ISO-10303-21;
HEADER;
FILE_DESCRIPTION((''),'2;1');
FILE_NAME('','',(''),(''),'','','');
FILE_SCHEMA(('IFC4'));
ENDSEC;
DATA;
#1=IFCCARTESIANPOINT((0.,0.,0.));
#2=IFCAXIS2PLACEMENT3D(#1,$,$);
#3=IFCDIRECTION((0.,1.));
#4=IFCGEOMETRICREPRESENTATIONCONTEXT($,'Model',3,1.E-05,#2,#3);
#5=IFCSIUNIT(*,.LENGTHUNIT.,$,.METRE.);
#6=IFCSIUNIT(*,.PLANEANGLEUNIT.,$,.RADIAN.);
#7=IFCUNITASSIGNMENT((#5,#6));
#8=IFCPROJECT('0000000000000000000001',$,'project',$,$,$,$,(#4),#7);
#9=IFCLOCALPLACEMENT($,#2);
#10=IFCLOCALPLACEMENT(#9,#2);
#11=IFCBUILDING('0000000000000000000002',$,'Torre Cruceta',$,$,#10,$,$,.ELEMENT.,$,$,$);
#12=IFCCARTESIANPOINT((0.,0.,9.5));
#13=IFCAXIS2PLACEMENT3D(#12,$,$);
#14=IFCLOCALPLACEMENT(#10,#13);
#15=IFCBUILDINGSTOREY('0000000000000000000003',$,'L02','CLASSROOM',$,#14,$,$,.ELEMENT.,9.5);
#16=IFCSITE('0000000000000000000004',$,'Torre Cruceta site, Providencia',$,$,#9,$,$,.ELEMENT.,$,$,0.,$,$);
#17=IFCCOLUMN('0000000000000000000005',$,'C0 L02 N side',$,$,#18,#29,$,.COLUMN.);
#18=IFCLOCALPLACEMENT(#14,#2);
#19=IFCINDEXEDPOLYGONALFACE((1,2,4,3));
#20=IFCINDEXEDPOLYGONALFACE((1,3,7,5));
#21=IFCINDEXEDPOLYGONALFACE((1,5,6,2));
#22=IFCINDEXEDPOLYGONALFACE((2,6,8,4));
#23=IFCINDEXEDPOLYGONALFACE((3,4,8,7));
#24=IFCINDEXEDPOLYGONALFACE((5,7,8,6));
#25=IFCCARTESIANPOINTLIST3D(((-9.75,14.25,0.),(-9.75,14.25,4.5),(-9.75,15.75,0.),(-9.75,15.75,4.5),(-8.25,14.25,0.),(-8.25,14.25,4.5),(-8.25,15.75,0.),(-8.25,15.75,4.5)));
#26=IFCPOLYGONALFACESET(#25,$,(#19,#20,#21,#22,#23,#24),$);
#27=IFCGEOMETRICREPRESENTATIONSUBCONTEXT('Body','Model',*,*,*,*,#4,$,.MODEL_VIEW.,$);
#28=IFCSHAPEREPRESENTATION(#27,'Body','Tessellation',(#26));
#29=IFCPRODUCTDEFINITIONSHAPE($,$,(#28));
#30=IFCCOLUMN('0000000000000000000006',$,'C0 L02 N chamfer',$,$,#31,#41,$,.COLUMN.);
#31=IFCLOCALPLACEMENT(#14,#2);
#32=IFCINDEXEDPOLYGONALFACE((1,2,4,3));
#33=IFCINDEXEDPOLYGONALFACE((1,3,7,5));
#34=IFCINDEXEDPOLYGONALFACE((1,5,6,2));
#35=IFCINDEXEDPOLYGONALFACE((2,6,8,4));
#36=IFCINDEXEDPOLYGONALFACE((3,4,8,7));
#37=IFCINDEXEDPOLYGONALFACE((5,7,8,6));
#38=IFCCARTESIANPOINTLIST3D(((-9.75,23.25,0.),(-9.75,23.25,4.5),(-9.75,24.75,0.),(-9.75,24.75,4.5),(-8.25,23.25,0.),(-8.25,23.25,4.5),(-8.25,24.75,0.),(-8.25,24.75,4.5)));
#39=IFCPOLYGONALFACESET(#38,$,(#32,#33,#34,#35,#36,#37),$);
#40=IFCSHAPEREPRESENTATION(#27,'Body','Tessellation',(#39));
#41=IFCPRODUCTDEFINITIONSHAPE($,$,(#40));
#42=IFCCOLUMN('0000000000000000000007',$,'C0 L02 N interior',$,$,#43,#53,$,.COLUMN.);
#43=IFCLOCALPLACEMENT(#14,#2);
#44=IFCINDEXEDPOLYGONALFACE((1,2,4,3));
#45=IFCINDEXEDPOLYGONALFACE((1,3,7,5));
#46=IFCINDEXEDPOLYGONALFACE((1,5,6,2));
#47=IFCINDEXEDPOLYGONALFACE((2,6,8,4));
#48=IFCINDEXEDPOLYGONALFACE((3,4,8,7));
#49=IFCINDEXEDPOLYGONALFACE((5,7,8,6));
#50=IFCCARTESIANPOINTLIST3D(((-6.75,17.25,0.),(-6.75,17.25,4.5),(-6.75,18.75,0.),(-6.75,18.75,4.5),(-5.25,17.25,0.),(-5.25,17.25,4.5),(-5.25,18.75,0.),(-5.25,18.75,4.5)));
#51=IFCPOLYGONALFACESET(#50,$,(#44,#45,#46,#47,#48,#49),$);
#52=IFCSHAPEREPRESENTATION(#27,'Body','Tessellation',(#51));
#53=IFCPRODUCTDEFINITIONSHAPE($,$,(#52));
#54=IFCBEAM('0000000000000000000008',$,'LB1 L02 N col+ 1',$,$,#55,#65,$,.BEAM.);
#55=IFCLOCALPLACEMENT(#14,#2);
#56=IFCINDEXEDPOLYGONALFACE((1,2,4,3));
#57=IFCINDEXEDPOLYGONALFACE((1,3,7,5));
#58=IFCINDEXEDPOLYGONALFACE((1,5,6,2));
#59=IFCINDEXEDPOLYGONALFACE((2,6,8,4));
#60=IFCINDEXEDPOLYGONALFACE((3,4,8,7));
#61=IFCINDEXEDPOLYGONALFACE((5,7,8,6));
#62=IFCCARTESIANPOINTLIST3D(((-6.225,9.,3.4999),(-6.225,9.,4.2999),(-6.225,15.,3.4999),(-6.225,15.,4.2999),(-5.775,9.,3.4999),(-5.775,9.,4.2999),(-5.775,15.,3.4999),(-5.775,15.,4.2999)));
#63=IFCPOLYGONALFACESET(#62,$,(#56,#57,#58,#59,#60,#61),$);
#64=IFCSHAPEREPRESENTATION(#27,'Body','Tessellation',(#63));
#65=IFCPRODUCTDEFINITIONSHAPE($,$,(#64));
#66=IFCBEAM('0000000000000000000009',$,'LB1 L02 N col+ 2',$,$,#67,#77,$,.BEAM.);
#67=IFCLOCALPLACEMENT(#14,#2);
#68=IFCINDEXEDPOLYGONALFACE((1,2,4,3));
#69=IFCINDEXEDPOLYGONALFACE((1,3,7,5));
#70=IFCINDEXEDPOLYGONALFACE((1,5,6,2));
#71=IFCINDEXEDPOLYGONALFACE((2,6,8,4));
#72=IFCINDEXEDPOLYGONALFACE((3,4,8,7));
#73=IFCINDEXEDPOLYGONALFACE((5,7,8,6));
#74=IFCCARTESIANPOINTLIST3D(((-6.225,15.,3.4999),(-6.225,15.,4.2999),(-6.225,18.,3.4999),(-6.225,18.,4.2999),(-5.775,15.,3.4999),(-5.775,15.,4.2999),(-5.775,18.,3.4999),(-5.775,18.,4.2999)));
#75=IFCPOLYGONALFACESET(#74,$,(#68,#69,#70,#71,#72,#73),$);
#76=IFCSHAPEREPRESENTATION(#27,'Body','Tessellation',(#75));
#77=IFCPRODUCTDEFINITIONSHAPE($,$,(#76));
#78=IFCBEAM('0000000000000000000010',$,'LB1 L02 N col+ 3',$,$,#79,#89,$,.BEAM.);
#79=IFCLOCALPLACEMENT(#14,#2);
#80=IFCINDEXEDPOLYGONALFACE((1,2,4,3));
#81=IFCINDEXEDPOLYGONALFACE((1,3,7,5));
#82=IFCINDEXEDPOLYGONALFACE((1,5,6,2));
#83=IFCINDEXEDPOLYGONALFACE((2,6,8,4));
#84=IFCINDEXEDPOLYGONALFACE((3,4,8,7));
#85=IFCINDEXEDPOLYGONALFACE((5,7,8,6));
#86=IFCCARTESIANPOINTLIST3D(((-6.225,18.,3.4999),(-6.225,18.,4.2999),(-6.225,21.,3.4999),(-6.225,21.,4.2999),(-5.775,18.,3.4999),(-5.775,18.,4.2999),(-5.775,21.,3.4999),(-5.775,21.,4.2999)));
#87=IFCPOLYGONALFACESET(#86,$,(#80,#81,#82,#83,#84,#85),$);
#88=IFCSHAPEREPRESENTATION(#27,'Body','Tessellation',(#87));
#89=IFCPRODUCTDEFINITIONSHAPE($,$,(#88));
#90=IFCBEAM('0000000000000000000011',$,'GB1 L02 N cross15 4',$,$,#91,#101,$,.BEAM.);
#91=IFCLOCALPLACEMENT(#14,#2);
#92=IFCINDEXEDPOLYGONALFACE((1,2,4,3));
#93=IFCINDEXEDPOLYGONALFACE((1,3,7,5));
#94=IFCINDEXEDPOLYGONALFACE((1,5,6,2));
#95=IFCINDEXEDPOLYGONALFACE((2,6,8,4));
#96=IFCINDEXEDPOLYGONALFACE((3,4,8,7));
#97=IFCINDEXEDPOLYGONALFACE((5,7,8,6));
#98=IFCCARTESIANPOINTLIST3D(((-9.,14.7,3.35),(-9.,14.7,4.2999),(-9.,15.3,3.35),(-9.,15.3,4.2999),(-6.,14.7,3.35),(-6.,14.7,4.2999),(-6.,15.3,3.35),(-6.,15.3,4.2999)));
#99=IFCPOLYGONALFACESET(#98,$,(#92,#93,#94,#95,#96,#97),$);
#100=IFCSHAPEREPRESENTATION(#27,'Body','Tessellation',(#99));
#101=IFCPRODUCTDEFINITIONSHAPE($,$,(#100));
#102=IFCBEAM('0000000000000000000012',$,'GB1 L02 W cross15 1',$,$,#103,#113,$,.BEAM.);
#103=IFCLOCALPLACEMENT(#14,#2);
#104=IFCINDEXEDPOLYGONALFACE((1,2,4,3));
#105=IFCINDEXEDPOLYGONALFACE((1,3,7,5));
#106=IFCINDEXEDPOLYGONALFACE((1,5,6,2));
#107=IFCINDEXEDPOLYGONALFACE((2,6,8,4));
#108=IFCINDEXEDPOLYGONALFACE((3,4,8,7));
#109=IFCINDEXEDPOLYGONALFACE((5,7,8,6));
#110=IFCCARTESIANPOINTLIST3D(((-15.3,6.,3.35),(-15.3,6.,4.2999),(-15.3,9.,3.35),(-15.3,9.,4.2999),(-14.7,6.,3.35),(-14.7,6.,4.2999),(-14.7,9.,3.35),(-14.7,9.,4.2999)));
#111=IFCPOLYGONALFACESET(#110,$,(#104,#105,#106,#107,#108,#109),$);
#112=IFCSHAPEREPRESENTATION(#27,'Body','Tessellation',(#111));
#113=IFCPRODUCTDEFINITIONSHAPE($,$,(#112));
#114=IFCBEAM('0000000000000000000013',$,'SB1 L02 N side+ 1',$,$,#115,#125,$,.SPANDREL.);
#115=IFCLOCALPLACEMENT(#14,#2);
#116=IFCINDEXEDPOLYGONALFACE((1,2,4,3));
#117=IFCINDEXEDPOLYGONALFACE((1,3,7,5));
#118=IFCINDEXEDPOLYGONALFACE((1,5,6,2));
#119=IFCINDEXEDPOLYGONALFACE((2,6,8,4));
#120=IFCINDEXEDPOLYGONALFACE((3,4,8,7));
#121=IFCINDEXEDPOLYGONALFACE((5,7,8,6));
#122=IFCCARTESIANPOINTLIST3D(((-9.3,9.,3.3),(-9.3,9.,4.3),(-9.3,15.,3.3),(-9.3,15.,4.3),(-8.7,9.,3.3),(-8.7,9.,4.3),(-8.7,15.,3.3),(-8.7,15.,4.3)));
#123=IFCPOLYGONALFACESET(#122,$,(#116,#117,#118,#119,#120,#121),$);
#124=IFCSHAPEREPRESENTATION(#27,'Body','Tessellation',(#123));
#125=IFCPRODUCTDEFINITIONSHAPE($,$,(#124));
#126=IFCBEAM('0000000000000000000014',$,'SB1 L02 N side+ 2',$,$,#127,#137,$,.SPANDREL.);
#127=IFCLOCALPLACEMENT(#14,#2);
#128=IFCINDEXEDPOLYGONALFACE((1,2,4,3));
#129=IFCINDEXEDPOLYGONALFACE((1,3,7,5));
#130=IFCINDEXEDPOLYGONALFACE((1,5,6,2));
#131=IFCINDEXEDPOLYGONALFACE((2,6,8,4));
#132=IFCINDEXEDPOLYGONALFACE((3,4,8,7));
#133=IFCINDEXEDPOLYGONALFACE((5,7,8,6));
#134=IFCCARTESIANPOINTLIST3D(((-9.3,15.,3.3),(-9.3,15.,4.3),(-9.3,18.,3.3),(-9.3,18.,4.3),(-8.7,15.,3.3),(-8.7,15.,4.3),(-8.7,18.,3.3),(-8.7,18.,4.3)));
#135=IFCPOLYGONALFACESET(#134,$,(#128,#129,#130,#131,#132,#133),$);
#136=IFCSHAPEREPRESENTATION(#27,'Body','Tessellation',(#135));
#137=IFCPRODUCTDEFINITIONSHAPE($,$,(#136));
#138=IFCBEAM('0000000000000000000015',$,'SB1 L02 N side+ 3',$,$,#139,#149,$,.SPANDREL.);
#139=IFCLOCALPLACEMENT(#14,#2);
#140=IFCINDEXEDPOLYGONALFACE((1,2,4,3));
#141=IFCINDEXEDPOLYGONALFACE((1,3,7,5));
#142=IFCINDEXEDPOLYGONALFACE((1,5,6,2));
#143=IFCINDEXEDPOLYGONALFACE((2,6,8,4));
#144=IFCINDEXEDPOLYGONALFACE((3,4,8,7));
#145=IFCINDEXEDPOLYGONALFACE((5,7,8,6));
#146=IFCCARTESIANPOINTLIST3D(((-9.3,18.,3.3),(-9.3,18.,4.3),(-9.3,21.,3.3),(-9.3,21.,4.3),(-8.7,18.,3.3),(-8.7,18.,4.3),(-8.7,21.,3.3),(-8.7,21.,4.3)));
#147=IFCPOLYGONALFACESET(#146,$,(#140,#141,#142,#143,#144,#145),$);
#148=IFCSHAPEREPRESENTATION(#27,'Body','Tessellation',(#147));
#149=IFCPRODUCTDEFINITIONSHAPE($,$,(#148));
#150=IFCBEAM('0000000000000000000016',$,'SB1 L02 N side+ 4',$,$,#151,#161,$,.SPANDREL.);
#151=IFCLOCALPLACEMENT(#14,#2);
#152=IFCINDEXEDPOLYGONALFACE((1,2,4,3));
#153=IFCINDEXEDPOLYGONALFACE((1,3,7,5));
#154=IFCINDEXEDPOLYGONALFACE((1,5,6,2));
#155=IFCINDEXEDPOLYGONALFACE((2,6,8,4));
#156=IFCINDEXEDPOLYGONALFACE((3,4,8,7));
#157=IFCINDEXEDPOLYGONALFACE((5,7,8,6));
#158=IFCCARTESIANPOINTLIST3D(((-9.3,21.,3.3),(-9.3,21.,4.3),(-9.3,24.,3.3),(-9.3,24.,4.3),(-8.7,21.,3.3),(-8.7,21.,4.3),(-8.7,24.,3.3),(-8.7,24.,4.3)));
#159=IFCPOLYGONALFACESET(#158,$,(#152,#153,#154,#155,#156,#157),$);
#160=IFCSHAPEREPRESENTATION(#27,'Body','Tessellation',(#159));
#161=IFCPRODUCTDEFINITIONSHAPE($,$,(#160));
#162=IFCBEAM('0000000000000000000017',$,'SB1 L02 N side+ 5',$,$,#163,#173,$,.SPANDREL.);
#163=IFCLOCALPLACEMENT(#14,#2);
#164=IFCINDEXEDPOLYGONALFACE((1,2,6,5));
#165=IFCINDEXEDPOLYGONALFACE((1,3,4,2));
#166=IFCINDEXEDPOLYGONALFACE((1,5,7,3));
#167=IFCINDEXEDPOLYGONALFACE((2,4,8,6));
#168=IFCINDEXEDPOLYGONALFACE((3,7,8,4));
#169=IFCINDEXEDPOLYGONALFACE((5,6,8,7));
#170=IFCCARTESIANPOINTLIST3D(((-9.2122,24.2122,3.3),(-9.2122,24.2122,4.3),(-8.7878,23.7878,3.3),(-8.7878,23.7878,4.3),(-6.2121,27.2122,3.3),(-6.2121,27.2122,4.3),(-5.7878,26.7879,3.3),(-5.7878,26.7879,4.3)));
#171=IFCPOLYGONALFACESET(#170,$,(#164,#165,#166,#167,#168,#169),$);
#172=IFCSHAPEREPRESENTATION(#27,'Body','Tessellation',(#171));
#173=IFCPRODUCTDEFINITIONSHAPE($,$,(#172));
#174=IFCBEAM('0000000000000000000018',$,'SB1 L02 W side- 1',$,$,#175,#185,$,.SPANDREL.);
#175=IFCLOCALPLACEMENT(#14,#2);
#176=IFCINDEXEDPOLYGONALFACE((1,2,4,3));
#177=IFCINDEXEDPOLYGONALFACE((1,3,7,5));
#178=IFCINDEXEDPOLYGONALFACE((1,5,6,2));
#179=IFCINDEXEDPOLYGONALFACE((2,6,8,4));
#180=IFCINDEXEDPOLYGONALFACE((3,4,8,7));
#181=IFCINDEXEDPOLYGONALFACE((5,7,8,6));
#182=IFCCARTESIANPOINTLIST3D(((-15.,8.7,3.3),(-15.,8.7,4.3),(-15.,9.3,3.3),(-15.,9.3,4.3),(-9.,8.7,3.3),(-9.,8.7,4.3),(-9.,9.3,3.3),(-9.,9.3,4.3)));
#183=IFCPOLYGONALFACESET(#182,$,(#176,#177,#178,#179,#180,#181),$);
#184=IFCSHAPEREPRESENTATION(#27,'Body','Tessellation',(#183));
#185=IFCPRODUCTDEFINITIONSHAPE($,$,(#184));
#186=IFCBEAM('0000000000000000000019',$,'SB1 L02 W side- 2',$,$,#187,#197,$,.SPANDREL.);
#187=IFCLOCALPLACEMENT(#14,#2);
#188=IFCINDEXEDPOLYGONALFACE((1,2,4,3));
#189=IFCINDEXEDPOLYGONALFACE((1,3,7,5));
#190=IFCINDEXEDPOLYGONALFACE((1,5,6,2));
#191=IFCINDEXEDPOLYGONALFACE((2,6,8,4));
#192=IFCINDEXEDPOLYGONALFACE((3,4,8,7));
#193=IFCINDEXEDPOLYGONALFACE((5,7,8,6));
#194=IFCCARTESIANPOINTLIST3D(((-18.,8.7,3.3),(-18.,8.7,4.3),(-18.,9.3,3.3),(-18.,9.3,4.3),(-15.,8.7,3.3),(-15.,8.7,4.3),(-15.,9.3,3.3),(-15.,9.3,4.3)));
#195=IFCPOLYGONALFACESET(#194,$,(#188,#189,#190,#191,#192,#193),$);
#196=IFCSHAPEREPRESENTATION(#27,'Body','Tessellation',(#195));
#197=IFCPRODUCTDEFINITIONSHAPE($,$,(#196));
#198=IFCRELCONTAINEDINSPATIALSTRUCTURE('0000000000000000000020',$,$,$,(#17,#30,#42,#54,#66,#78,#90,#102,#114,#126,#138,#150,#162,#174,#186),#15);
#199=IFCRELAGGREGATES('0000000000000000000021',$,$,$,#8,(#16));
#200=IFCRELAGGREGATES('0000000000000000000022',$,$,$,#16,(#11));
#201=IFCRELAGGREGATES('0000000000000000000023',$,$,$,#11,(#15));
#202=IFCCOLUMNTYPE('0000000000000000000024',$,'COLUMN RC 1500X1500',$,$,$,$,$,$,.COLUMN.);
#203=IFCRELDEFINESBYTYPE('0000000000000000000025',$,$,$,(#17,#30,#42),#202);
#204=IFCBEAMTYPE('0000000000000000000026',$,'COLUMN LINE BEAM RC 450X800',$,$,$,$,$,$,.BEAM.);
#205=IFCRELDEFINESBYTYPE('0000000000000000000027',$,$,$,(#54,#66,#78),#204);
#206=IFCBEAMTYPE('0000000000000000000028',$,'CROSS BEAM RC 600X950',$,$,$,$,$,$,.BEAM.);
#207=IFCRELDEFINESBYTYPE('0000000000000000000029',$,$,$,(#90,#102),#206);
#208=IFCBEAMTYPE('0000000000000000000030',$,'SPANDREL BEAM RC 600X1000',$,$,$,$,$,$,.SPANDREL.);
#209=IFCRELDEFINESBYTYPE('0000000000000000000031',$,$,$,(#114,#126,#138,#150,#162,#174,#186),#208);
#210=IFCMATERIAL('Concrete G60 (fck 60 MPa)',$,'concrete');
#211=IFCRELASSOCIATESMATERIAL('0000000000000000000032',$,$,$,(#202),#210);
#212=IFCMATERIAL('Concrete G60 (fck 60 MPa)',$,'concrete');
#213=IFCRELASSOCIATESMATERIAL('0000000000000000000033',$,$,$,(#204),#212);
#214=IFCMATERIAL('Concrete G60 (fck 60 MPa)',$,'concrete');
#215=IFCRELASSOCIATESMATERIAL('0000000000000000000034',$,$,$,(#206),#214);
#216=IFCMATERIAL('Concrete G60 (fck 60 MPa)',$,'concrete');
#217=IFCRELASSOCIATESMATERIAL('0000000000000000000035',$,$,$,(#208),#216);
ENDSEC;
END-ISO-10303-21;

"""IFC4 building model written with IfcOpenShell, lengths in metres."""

from ifc_helpers import new_model, si_unit, direction, frame, origin, origin_2d, place, context, subcontext, project, spatial, rectangle, extrude, material, material_profile, profile_set, type_object, element, save


model = new_model("IFC4")

# Units and contexts
model_context = context("Model", 3, precision=1e-05, world=origin(), true_north=direction((0.0, 1.0)))
body_context = subcontext(model_context, "Body", "Model", "MODEL_VIEW")
ifc_project = project(units=[si_unit("LENGTHUNIT", "METRE"), si_unit("PLANEANGLEUNIT", "RADIAN")], contexts=[model_context])

# Site, building, storey
site_placement = place(None, origin())
site = spatial("IfcSite", under=ifc_project, at=site_placement, Name="Torre Cruceta site, Providencia", CompositionType="ELEMENT", RefElevation=0.0)
building_placement = place(site_placement, origin())
building = spatial("IfcBuilding", under=site, at=building_placement, Name="Torre Cruceta", CompositionType="ELEMENT")
storey_placement = place(building_placement, frame((0.0, 0.0, 9.5)))
storey = spatial("IfcBuildingStorey", under=building, at=storey_placement, Name="L02", Description="CLASSROOM", CompositionType="ELEMENT", Elevation=9.5)

# Columns
ifc_material_1 = material(Name="Concrete G60 (fck 60 MPa)", Category="concrete")
ifc_material_profile_1 = material_profile(ifc_material_1, rectangle(XDim=1.5, YDim=1.5, at=origin_2d()), Name="RC 1500X1500")
ifc_profile_set_1 = profile_set([ifc_material_profile_1], Name="Concrete G60 (fck 60 MPa)")
column_type = type_object("IfcColumnType", Name="COLUMN RC 1500X1500", PredefinedType="COLUMN", material=ifc_profile_set_1)
for number, where, z_axis, x_axis, name in (
    (1, (-9.0, 15.0, 0.0), (0.0, 0.0, 1.0), (1.0, 0.0, 0.0), "C0 L02 N side"),
    (2, (-9.0, 24.0, 0.0), (0.0, 0.0, 1.0), (1.0, 0.0, 0.0), "C0 L02 N chamfer"),
    (3, (-6.0, 18.0, 0.0), (0.0, 0.0, 1.0), (1.0, 0.0, 0.0), "C0 L02 N interior"),
):
    element("IfcColumn", number, at=place(storey_placement, frame(where, z_axis=z_axis, x_axis=x_axis)), inside=storey, type_object=column_type, Name=name, PredefinedType="COLUMN", context=body_context, shape_type="SweptSolid", body=[
        extrude(rectangle(XDim=1.5, YDim=1.5, at=origin_2d()), origin(), (0.0, 0.0, 1.0), 4.5),
    ])

# Beams
ifc_material_2 = material(Name="Concrete G60 (fck 60 MPa)", Category="concrete")
ifc_material_profile_2 = material_profile(ifc_material_2, rectangle(XDim=0.45, YDim=0.8, at=origin_2d()), Name="RC 450X800")
ifc_profile_set_2 = profile_set([ifc_material_profile_2], Name="Concrete G60 (fck 60 MPa)")
beam_type_1 = type_object("IfcBeamType", Name="COLUMN LINE BEAM RC 450X800", PredefinedType="BEAM", material=ifc_profile_set_2)
beam_1_placement = place(storey_placement, frame((-6.0, 9.0, 3.8999), z_axis=(0.0, 1.0, 0.0), x_axis=(-1.0, 0.0, 0.0)))
element("IfcBeam", 4, at=beam_1_placement, inside=storey, type_object=beam_type_1, Name="LB1 L02 N col+ 1", PredefinedType="BEAM", context=body_context, shape_type="SweptSolid", body=[
    extrude(rectangle(XDim=0.45, YDim=0.8, at=origin_2d()), origin(), (0.0, 0.0, 1.0), 6.0),
])
for number, where, z_axis, x_axis, name in (
    (5, (-6.0, 15.0, 3.8999), (0.0, 1.0, 0.0), (-1.0, 0.0, 0.0), "LB1 L02 N col+ 2"),
    (6, (-6.0, 18.0, 3.8999), (0.0, 1.0, 0.0), (-1.0, 0.0, 0.0), "LB1 L02 N col+ 3"),
):
    element("IfcBeam", number, at=place(storey_placement, frame(where, z_axis=z_axis, x_axis=x_axis)), inside=storey, type_object=beam_type_1, Name=name, PredefinedType="BEAM", context=body_context, shape_type="SweptSolid", body=[
        extrude(rectangle(XDim=0.45, YDim=0.8, at=origin_2d()), origin(), (0.0, 0.0, 1.0), 3.0),
    ])
ifc_material_3 = material(Name="Concrete G60 (fck 60 MPa)", Category="concrete")
ifc_material_profile_3 = material_profile(ifc_material_3, rectangle(XDim=0.6001, YDim=0.95, at=origin_2d()), Name="RC 600X950")
ifc_profile_set_3 = profile_set([ifc_material_profile_3], Name="Concrete G60 (fck 60 MPa)")
beam_type_2 = type_object("IfcBeamType", Name="CROSS BEAM RC 600X950", PredefinedType="BEAM", material=ifc_profile_set_3)
for number, where, z_axis, x_axis, name in (
    (7, (-6.0, 15.0, 3.825), (-1.0, 0.0, 0.0), (0.0, -1.0, 0.0), "GB1 L02 N cross15 4"),
    (8, (-15.0, 9.0, 3.825), (0.0, -1.0, 0.0), (1.0, 0.0, 0.0), "GB1 L02 W cross15 1"),
):
    element("IfcBeam", number, at=place(storey_placement, frame(where, z_axis=z_axis, x_axis=x_axis)), inside=storey, type_object=beam_type_2, Name=name, PredefinedType="BEAM", context=body_context, shape_type="SweptSolid", body=[
        extrude(rectangle(XDim=0.6001, YDim=0.95, at=origin_2d()), origin(), (0.0, 0.0, 1.0), 3.0),
    ])
ifc_material_4 = material(Name="Concrete G60 (fck 60 MPa)", Category="concrete")
ifc_material_profile_4 = material_profile(ifc_material_4, rectangle(XDim=0.6001, YDim=1.0, at=origin_2d()), Name="RC 600X1000")
ifc_profile_set_4 = profile_set([ifc_material_profile_4], Name="Concrete G60 (fck 60 MPa)")
beam_type_3 = type_object("IfcBeamType", Name="SPANDREL BEAM RC 600X1000", PredefinedType="SPANDREL", material=ifc_profile_set_4)
beam_2_placement = place(storey_placement, frame((-9.0, 9.0, 3.8), z_axis=(0.0, 1.0, 0.0), x_axis=(-1.0, 0.0, 0.0)))
element("IfcBeam", 9, at=beam_2_placement, inside=storey, type_object=beam_type_3, Name="SB1 L02 N side+ 1", PredefinedType="SPANDREL", context=body_context, shape_type="SweptSolid", body=[
    extrude(rectangle(XDim=0.6001, YDim=1.0, at=origin_2d()), origin(), (0.0, 0.0, 1.0), 6.0),
])
for number, where, z_axis, x_axis, name in (
    (10, (-9.0, 15.0, 3.8), (0.0, 1.0, 0.0), (-1.0, 0.0, 0.0), "SB1 L02 N side+ 2"),
    (11, (-9.0, 18.0, 3.8), (0.0, 1.0, 0.0), (-1.0, 0.0, 0.0), "SB1 L02 N side+ 3"),
    (12, (-9.0, 21.0, 3.8), (0.0, 1.0, 0.0), (-1.0, 0.0, 0.0), "SB1 L02 N side+ 4"),
):
    element("IfcBeam", number, at=place(storey_placement, frame(where, z_axis=z_axis, x_axis=x_axis)), inside=storey, type_object=beam_type_3, Name=name, PredefinedType="SPANDREL", context=body_context, shape_type="SweptSolid", body=[
        extrude(rectangle(XDim=0.6001, YDim=1.0, at=origin_2d()), origin(), (0.0, 0.0, 1.0), 3.0),
    ])
beam_3_placement = place(storey_placement, frame((-9.0, 24.0, 3.8), z_axis=(0.707107, 0.707107, 0.0), x_axis=(-0.707107, 0.707107, 0.0)))
element("IfcBeam", 13, at=beam_3_placement, inside=storey, type_object=beam_type_3, Name="SB1 L02 N side+ 5", PredefinedType="SPANDREL", context=body_context, shape_type="SweptSolid", body=[
    extrude(rectangle(XDim=0.6001, YDim=1.0, at=origin_2d()), origin(), (0.0, 0.0, 1.0), 4.2427),
])
beam_4_placement = place(storey_placement, frame((-9.0, 9.0, 3.8), z_axis=(-1.0, 0.0, 0.0), x_axis=(0.0, -1.0, 0.0)))
element("IfcBeam", 14, at=beam_4_placement, inside=storey, type_object=beam_type_3, Name="SB1 L02 W side- 1", PredefinedType="SPANDREL", context=body_context, shape_type="SweptSolid", body=[
    extrude(rectangle(XDim=0.6001, YDim=1.0, at=origin_2d()), origin(), (0.0, 0.0, 1.0), 6.0),
])
beam_5_placement = place(storey_placement, frame((-15.0, 9.0, 3.8), z_axis=(-1.0, 0.0, 0.0), x_axis=(0.0, -1.0, 0.0)))
element("IfcBeam", 15, at=beam_5_placement, inside=storey, type_object=beam_type_3, Name="SB1 L02 W side- 2", PredefinedType="SPANDREL", context=body_context, shape_type="SweptSolid", body=[
    extrude(rectangle(XDim=0.6001, YDim=1.0, at=origin_2d()), origin(), (0.0, 0.0, 1.0), 3.0),
])

save(model, "model.ifc")
